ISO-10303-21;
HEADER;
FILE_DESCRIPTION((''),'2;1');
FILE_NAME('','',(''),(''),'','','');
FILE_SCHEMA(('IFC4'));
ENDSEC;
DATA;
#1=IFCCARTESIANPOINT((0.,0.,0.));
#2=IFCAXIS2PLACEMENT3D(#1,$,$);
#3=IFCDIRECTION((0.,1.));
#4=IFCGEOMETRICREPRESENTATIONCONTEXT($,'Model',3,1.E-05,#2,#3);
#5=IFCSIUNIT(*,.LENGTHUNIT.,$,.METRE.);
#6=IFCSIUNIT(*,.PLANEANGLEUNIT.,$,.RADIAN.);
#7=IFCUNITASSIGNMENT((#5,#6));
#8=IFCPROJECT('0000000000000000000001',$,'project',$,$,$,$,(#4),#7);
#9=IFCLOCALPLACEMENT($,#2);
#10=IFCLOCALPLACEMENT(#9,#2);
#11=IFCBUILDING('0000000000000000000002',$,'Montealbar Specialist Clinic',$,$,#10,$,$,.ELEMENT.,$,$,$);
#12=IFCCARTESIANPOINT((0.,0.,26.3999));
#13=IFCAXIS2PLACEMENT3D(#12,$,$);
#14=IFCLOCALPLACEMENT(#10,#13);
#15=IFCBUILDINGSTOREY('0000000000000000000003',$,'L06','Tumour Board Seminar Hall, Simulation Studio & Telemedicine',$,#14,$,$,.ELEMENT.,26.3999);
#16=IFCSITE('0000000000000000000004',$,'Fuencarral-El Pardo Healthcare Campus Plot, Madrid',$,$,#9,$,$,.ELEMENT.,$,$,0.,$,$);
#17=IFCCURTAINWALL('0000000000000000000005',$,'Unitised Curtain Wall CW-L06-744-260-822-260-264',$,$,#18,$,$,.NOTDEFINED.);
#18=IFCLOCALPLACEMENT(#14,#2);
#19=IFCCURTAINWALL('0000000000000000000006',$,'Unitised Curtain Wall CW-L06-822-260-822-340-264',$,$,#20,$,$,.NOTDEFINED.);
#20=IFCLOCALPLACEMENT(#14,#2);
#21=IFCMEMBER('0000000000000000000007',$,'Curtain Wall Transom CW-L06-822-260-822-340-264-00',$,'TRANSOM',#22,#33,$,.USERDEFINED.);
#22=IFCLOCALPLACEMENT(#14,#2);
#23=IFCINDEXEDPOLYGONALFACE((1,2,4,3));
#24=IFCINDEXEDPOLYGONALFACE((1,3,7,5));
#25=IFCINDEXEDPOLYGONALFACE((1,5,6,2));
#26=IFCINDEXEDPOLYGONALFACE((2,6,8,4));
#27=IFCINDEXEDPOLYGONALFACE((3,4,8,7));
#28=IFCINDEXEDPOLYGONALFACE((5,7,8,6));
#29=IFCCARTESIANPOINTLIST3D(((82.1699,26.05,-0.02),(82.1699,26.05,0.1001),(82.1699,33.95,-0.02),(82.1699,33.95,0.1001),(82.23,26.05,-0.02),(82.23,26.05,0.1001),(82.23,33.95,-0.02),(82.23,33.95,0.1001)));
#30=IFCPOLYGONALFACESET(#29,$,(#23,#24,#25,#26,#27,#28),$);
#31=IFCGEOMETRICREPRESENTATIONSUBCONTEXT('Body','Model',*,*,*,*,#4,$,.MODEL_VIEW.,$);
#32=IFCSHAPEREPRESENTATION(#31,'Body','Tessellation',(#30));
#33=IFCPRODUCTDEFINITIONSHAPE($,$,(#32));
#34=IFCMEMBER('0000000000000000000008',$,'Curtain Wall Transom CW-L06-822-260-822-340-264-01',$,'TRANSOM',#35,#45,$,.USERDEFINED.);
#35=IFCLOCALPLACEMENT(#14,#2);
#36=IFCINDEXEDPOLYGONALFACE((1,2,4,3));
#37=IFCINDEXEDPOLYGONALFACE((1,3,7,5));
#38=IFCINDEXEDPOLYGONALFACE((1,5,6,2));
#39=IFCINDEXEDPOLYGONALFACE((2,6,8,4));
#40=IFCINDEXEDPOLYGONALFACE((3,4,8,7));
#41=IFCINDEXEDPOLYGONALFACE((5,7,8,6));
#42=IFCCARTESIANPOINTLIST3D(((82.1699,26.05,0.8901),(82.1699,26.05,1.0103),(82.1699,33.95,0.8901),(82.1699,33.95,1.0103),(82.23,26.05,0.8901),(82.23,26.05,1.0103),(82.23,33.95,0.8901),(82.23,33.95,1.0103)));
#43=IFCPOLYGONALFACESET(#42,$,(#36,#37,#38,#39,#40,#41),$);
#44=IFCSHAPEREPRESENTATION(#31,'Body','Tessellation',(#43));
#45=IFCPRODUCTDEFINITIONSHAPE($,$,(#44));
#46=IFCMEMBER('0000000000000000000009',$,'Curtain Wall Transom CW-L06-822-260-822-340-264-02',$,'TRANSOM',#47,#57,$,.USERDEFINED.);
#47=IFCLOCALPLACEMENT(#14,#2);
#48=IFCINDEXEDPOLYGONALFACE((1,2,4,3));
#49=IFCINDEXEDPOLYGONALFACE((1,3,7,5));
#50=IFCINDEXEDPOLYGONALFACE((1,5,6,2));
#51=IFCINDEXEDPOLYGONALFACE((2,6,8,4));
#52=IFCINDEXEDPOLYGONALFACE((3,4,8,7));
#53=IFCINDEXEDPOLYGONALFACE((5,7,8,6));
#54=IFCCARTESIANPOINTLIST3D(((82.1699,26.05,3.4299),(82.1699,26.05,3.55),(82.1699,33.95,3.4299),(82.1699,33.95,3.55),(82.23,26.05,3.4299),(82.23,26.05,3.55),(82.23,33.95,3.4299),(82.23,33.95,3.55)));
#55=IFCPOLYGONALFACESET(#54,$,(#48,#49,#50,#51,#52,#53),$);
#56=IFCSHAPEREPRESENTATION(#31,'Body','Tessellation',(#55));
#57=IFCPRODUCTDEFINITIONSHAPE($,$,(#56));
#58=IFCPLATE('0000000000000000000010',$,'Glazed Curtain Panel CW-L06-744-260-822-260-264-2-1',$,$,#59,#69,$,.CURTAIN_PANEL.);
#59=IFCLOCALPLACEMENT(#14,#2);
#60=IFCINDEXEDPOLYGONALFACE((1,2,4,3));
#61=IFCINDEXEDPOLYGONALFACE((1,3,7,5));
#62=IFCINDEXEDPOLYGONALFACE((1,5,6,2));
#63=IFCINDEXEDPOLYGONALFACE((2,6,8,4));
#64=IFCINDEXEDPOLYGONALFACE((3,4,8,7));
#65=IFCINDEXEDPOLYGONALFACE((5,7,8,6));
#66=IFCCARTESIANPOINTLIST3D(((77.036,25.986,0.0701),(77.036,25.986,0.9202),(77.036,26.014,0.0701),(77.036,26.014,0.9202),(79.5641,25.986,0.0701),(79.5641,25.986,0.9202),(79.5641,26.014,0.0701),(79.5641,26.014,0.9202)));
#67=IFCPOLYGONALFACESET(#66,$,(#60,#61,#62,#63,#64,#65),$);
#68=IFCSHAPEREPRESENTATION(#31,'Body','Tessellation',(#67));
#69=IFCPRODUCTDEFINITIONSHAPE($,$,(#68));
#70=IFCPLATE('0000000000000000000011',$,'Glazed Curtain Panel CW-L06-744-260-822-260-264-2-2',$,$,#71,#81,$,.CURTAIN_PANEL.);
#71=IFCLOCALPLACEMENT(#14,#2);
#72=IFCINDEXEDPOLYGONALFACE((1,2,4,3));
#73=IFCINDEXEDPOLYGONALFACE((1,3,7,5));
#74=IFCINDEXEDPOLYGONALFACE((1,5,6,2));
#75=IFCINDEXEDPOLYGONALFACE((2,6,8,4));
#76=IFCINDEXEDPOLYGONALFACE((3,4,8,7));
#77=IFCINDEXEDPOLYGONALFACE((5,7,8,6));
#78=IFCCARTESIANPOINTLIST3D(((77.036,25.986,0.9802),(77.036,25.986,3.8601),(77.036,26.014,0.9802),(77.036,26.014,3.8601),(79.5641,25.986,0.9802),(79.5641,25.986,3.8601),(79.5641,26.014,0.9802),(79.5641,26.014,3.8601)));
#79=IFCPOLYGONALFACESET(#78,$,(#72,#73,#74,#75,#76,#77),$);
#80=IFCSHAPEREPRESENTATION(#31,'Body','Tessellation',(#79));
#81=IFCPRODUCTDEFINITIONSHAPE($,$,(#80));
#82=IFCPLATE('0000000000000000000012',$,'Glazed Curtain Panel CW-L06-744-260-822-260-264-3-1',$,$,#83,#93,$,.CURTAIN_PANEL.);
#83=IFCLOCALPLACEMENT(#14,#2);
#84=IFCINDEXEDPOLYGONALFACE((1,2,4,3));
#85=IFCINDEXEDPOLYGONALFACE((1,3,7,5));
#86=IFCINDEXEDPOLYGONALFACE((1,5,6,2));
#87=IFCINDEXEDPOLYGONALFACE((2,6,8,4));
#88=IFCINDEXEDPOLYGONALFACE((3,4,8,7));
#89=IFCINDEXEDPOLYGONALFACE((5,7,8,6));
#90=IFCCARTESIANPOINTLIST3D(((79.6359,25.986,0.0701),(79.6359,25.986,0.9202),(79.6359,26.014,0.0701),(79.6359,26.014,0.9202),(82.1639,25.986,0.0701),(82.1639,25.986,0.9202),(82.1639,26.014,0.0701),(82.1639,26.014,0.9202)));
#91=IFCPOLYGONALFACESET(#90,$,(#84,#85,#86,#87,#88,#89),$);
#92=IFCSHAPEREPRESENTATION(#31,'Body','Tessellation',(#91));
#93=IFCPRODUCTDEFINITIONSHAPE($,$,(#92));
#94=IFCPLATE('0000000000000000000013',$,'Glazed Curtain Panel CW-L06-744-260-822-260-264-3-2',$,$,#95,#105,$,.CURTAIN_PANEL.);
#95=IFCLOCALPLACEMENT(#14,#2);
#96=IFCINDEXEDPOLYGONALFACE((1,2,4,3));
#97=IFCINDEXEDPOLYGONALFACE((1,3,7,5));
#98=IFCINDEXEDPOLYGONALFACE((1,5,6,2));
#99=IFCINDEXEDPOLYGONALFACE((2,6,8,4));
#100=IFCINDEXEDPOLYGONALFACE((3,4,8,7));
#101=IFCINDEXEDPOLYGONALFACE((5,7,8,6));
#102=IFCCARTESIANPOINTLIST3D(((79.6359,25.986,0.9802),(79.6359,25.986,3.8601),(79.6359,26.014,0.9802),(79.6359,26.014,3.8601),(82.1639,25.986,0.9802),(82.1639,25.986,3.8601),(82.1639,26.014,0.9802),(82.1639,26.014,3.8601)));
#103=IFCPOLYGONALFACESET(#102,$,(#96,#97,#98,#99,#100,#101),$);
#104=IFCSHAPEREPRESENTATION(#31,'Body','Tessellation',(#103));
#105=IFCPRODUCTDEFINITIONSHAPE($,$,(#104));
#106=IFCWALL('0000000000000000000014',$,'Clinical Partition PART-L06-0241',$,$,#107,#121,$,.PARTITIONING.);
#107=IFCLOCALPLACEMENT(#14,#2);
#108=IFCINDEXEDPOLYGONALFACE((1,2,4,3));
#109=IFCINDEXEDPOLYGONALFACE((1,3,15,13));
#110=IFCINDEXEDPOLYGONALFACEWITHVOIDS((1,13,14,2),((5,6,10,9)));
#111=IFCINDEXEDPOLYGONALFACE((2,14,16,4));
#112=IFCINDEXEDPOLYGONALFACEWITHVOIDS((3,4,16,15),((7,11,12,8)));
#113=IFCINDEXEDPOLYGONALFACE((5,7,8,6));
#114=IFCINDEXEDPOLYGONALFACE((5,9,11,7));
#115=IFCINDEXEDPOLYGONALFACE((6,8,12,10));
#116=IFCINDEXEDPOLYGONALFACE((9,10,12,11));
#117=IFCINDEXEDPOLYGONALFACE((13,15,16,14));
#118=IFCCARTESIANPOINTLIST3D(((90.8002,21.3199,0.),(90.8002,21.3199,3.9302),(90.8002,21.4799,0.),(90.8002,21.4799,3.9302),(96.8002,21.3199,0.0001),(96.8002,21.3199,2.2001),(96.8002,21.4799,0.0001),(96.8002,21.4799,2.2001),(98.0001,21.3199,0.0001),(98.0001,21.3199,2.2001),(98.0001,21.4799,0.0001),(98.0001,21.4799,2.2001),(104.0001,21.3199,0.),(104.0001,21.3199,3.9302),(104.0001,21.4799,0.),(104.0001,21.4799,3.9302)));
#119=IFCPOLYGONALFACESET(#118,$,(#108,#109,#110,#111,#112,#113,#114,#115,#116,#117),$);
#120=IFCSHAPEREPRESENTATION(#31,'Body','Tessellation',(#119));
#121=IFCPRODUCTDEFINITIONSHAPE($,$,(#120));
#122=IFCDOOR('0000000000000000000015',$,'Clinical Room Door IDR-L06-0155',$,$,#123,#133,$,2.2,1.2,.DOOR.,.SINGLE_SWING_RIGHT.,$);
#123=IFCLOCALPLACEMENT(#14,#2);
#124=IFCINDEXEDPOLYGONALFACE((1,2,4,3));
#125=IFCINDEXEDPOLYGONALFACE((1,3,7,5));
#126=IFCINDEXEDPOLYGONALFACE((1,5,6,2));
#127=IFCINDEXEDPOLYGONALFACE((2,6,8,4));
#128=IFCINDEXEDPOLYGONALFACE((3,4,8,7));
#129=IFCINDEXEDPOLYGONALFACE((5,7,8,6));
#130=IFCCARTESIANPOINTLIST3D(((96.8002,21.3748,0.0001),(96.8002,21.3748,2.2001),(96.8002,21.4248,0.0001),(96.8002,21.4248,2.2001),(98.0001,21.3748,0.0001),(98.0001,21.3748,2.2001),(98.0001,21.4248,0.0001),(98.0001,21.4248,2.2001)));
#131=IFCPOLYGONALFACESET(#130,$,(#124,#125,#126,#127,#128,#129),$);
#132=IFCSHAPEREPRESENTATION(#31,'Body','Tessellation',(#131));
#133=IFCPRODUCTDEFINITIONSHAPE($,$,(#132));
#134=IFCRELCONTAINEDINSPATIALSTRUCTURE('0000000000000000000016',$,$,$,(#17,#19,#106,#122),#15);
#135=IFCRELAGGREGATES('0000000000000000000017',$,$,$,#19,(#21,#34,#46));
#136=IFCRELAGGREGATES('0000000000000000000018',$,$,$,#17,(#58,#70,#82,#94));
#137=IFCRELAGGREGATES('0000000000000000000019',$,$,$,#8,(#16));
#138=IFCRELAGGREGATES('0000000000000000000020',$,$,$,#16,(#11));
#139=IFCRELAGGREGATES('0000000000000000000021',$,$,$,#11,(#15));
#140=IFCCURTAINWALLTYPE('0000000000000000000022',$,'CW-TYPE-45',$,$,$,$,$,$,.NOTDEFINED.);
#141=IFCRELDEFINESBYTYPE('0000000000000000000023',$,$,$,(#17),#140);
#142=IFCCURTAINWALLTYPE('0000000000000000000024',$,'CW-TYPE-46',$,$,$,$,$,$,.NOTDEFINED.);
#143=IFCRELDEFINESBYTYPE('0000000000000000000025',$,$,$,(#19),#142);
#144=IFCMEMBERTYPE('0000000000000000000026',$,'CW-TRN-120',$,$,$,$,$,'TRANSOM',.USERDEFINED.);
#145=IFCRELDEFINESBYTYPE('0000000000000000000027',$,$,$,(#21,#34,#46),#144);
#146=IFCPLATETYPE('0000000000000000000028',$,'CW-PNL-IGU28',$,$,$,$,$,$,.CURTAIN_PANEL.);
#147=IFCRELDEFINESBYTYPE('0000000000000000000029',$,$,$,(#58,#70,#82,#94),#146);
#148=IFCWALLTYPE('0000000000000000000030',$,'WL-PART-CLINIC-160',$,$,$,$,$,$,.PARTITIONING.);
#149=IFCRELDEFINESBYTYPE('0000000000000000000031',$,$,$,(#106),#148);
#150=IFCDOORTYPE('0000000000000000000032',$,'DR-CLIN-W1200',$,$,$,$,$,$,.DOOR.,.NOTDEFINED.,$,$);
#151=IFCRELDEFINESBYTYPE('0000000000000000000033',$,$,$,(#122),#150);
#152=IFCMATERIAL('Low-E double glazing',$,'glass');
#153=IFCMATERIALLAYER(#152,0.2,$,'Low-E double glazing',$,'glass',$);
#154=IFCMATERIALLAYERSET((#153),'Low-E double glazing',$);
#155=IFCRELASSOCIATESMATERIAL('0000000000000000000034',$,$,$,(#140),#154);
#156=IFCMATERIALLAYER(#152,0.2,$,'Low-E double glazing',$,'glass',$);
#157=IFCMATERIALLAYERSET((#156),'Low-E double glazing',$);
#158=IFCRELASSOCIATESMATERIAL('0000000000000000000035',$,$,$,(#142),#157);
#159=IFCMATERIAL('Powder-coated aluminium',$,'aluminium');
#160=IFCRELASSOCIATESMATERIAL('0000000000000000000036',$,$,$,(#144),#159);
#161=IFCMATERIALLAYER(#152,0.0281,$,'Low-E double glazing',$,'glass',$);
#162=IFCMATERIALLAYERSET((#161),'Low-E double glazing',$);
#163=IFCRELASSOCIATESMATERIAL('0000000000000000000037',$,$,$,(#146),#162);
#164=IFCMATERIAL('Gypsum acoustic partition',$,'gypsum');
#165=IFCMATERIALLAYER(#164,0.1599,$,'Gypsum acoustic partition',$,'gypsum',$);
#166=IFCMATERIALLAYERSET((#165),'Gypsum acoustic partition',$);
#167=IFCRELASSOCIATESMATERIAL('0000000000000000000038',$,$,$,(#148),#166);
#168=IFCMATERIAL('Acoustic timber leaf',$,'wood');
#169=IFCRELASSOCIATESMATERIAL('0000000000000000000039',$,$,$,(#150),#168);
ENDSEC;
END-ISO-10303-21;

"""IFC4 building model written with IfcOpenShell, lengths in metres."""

from ifc_helpers import new_model, si_unit, direction, frame, frame_2d, origin, origin_2d, place, context, subcontext, project, spatial, rectangle, extrude, material, layer, layer_set, material_profile, profile_set, type_object, element, fill, aggregate, save


model = new_model("IFC4")

# Units and contexts
model_context = context("Model", 3, precision=1e-05, world=origin(), true_north=direction((0.0, 1.0)))
body_context = subcontext(model_context, "Body", "Model", "MODEL_VIEW")
ifc_project = project(units=[si_unit("LENGTHUNIT", "METRE"), si_unit("PLANEANGLEUNIT", "RADIAN")], contexts=[model_context])

# Site, building, storey
site_placement = place(None, origin())
site = spatial("IfcSite", under=ifc_project, at=site_placement, Name="Fuencarral-El Pardo Healthcare Campus Plot, Madrid", CompositionType="ELEMENT", RefElevation=0.0)
building_placement = place(site_placement, origin())
building = spatial("IfcBuilding", under=site, at=building_placement, Name="Montealbar Specialist Clinic", CompositionType="ELEMENT")
storey_placement = place(building_placement, frame((0.0, 0.0, 26.3999)))
storey = spatial("IfcBuildingStorey", under=building, at=storey_placement, Name="L06", Description="Tumour Board Seminar Hall, Simulation Studio & Telemedicine", CompositionType="ELEMENT", Elevation=26.3999)

# Curtain walls, members
ifc_material_1 = material(Name="Low-E double glazing", Category="glass")
ifc_layer_1 = layer(ifc_material_1, 0.2, Name="Low-E double glazing", Category="glass")
ifc_layer_set_1 = layer_set([ifc_layer_1], Name="Low-E double glazing")
curtain_wall_type_1 = type_object("IfcCurtainWallType", Name="CW-TYPE-45", PredefinedType="NOTDEFINED", material=ifc_layer_set_1)
curtain_wall_1_placement = place(storey_placement, origin())
curtain_wall_1 = element("IfcCurtainWall", 1, at=curtain_wall_1_placement, inside=storey, type_object=curtain_wall_type_1, Name="Unitised Curtain Wall CW-L06-744-260-822-260-264", PredefinedType="NOTDEFINED")
ifc_layer_2 = layer(ifc_material_1, 0.2, Name="Low-E double glazing", Category="glass")
ifc_layer_set_2 = layer_set([ifc_layer_2], Name="Low-E double glazing")
curtain_wall_type_2 = type_object("IfcCurtainWallType", Name="CW-TYPE-46", PredefinedType="NOTDEFINED", material=ifc_layer_set_2)
curtain_wall_2_placement = place(storey_placement, origin())
curtain_wall_2 = element("IfcCurtainWall", 2, at=curtain_wall_2_placement, inside=storey, type_object=curtain_wall_type_2, Name="Unitised Curtain Wall CW-L06-822-260-822-340-264", PredefinedType="NOTDEFINED")
ifc_material_2 = material(Name="Powder-coated aluminium", Category="aluminium")
ifc_material_profile_1 = material_profile(ifc_material_2, rectangle(XDim=0.0601, YDim=0.1201, at=origin_2d()), Name="ALU 60x120", Category="aluminium")
ifc_profile_set_1 = profile_set([ifc_material_profile_1], Name="Powder-coated aluminium")
member_type_1 = type_object("IfcMemberType", Name="CW-TRN-120", ElementType="TRANSOM", PredefinedType="USERDEFINED", material=ifc_profile_set_1)
member_1_placement = place(storey_placement, frame((82.2, 26.05, 0.04), z_axis=(0.0, 1.0, 0.0), x_axis=(-1.0, 0.0, 0.0)))
member_1 = element("IfcMember", 3, at=member_1_placement, type_object=member_type_1, Name="Curtain Wall Transom CW-L06-822-260-822-340-264-00", ObjectType="TRANSOM", PredefinedType="USERDEFINED", context=body_context, shape_type="SweptSolid", body=[
    extrude(rectangle(XDim=0.0601, YDim=0.1201, at=origin_2d()), origin(), (0.0, 0.0, 1.0), 7.8999),
])
member_2_placement = place(storey_placement, frame((82.2, 26.05, 0.9502), z_axis=(0.0, 1.0, 0.0), x_axis=(-1.0, 0.0, 0.0)))
member_2 = element("IfcMember", 4, at=member_2_placement, type_object=member_type_1, Name="Curtain Wall Transom CW-L06-822-260-822-340-264-01", ObjectType="TRANSOM", PredefinedType="USERDEFINED", context=body_context, shape_type="SweptSolid", body=[
    extrude(rectangle(XDim=0.0601, YDim=0.1201, at=origin_2d()), origin(), (0.0, 0.0, 1.0), 7.8999),
])
member_3_placement = place(storey_placement, frame((82.2, 26.05, 3.49), z_axis=(0.0, 1.0, 0.0), x_axis=(-1.0, 0.0, 0.0)))
member_3 = element("IfcMember", 5, at=member_3_placement, type_object=member_type_1, Name="Curtain Wall Transom CW-L06-822-260-822-340-264-02", ObjectType="TRANSOM", PredefinedType="USERDEFINED", context=body_context, shape_type="SweptSolid", body=[
    extrude(rectangle(XDim=0.0601, YDim=0.1201, at=origin_2d()), origin(), (0.0, 0.0, 1.0), 7.8999),
])
aggregate(curtain_wall_2, [member_1, member_2, member_3])

# Plates
ifc_layer_3 = layer(ifc_material_1, 0.0281, Name="Low-E double glazing", Category="glass")
ifc_layer_set_3 = layer_set([ifc_layer_3], Name="Low-E double glazing")
plate_type = type_object("IfcPlateType", Name="CW-PNL-IGU28", PredefinedType="CURTAIN_PANEL", material=ifc_layer_set_3)
plate_1_placement = place(storey_placement, frame((78.3, 26.0, 0.0701), z_axis=(0.0, 0.0, 1.0), x_axis=(1.0, 0.0, 0.0)))
plate_1 = element("IfcPlate", 6, at=plate_1_placement, type_object=plate_type, Name="Glazed Curtain Panel CW-L06-744-260-822-260-264-2-1", PredefinedType="CURTAIN_PANEL", context=body_context, shape_type="SweptSolid", body=[
    extrude(rectangle(XDim=2.5281, YDim=0.0281, at=origin_2d()), origin(), (0.0, 0.0, 1.0), 0.8501),
])
plate_2_placement = place(storey_placement, frame((78.3, 26.0, 0.9802), z_axis=(0.0, 0.0, 1.0), x_axis=(1.0, 0.0, 0.0)))
plate_2 = element("IfcPlate", 7, at=plate_2_placement, type_object=plate_type, Name="Glazed Curtain Panel CW-L06-744-260-822-260-264-2-2", PredefinedType="CURTAIN_PANEL", context=body_context, shape_type="SweptSolid", body=[
    extrude(rectangle(XDim=2.5281, YDim=0.0281, at=origin_2d()), origin(), (0.0, 0.0, 1.0), 2.8799),
])
plate_3_placement = place(storey_placement, frame((80.8999, 26.0, 0.0701), z_axis=(0.0, 0.0, 1.0), x_axis=(1.0, 0.0, 0.0)))
plate_3 = element("IfcPlate", 8, at=plate_3_placement, type_object=plate_type, Name="Glazed Curtain Panel CW-L06-744-260-822-260-264-3-1", PredefinedType="CURTAIN_PANEL", context=body_context, shape_type="SweptSolid", body=[
    extrude(rectangle(XDim=2.5281, YDim=0.0281, at=origin_2d()), origin(), (0.0, 0.0, 1.0), 0.8501),
])
plate_4_placement = place(storey_placement, frame((80.8999, 26.0, 0.9802), z_axis=(0.0, 0.0, 1.0), x_axis=(1.0, 0.0, 0.0)))
plate_4 = element("IfcPlate", 9, at=plate_4_placement, type_object=plate_type, Name="Glazed Curtain Panel CW-L06-744-260-822-260-264-3-2", PredefinedType="CURTAIN_PANEL", context=body_context, shape_type="SweptSolid", body=[
    extrude(rectangle(XDim=2.5281, YDim=0.0281, at=origin_2d()), origin(), (0.0, 0.0, 1.0), 2.8799),
])
aggregate(curtain_wall_1, [plate_1, plate_2, plate_3, plate_4])

# Wall, opening, door
ifc_material_3 = material(Name="Gypsum acoustic partition", Category="gypsum")
ifc_layer_4 = layer(ifc_material_3, 0.1599, Name="Gypsum acoustic partition", Category="gypsum")
ifc_layer_set_4 = layer_set([ifc_layer_4], Name="Gypsum acoustic partition")
wall_type = type_object("IfcWallType", Name="WL-PART-CLINIC-160", PredefinedType="PARTITIONING", material=ifc_layer_set_4)
wall_placement = place(storey_placement, frame((90.8, 21.3999, 0.0), z_axis=(0.0, 0.0, 1.0), x_axis=(1.0, 0.0, 0.0)))
wall = element("IfcWall", 10, at=wall_placement, inside=storey, type_object=wall_type, Name="Clinical Partition PART-L06-0241", PredefinedType="PARTITIONING", context=body_context, shape_type="SweptSolid", body=[
    extrude(rectangle(XDim=13.2, YDim=0.1599, at=frame_2d((6.6001, 0.0))), origin(), (0.0, 0.0, 1.0), 3.9302),
])
opening_placement = place(wall_placement, frame((6.0, 0.0, 0.0)))
opening = element("IfcOpeningElement", 11, at=opening_placement, cuts=wall, PredefinedType="OPENING", context=body_context, shape_type="SweptSolid", body=[
    extrude(rectangle(XDim=1.2, YDim=2.2, at=frame_2d((0.6001, 1.1001))), frame((0.0, 0.0898, 0.0), z_axis=(0.0, -1.0, 0.0), x_axis=(1.0, 0.0, 0.0)), (0.0, 0.0, 1.0), 0.1799),
])
ifc_material_4 = material(Name="Acoustic timber leaf", Category="wood")
door_type = type_object("IfcDoorType", Name="DR-CLIN-W1200", OperationType="NOTDEFINED", PredefinedType="DOOR", material=ifc_material_4)
door_placement = place(opening_placement, origin())
door = element("IfcDoor", 12, at=door_placement, inside=storey, type_object=door_type, Name="Clinical Room Door IDR-L06-0155", OperationType="SINGLE_SWING_RIGHT", OverallHeight=2.2, OverallWidth=1.2, PredefinedType="DOOR", context=body_context, shape_type="SweptSolid", body=[
    extrude(rectangle(XDim=1.2, YDim=2.2, at=frame_2d((0.6001, 1.1001))), frame((0.0, 0.0249, 0.0), z_axis=(0.0, -1.0, 0.0), x_axis=(1.0, 0.0, 0.0)), (0.0, 0.0, 1.0), 0.05),
])
fill(opening, door)

save(model, "model.ifc")
